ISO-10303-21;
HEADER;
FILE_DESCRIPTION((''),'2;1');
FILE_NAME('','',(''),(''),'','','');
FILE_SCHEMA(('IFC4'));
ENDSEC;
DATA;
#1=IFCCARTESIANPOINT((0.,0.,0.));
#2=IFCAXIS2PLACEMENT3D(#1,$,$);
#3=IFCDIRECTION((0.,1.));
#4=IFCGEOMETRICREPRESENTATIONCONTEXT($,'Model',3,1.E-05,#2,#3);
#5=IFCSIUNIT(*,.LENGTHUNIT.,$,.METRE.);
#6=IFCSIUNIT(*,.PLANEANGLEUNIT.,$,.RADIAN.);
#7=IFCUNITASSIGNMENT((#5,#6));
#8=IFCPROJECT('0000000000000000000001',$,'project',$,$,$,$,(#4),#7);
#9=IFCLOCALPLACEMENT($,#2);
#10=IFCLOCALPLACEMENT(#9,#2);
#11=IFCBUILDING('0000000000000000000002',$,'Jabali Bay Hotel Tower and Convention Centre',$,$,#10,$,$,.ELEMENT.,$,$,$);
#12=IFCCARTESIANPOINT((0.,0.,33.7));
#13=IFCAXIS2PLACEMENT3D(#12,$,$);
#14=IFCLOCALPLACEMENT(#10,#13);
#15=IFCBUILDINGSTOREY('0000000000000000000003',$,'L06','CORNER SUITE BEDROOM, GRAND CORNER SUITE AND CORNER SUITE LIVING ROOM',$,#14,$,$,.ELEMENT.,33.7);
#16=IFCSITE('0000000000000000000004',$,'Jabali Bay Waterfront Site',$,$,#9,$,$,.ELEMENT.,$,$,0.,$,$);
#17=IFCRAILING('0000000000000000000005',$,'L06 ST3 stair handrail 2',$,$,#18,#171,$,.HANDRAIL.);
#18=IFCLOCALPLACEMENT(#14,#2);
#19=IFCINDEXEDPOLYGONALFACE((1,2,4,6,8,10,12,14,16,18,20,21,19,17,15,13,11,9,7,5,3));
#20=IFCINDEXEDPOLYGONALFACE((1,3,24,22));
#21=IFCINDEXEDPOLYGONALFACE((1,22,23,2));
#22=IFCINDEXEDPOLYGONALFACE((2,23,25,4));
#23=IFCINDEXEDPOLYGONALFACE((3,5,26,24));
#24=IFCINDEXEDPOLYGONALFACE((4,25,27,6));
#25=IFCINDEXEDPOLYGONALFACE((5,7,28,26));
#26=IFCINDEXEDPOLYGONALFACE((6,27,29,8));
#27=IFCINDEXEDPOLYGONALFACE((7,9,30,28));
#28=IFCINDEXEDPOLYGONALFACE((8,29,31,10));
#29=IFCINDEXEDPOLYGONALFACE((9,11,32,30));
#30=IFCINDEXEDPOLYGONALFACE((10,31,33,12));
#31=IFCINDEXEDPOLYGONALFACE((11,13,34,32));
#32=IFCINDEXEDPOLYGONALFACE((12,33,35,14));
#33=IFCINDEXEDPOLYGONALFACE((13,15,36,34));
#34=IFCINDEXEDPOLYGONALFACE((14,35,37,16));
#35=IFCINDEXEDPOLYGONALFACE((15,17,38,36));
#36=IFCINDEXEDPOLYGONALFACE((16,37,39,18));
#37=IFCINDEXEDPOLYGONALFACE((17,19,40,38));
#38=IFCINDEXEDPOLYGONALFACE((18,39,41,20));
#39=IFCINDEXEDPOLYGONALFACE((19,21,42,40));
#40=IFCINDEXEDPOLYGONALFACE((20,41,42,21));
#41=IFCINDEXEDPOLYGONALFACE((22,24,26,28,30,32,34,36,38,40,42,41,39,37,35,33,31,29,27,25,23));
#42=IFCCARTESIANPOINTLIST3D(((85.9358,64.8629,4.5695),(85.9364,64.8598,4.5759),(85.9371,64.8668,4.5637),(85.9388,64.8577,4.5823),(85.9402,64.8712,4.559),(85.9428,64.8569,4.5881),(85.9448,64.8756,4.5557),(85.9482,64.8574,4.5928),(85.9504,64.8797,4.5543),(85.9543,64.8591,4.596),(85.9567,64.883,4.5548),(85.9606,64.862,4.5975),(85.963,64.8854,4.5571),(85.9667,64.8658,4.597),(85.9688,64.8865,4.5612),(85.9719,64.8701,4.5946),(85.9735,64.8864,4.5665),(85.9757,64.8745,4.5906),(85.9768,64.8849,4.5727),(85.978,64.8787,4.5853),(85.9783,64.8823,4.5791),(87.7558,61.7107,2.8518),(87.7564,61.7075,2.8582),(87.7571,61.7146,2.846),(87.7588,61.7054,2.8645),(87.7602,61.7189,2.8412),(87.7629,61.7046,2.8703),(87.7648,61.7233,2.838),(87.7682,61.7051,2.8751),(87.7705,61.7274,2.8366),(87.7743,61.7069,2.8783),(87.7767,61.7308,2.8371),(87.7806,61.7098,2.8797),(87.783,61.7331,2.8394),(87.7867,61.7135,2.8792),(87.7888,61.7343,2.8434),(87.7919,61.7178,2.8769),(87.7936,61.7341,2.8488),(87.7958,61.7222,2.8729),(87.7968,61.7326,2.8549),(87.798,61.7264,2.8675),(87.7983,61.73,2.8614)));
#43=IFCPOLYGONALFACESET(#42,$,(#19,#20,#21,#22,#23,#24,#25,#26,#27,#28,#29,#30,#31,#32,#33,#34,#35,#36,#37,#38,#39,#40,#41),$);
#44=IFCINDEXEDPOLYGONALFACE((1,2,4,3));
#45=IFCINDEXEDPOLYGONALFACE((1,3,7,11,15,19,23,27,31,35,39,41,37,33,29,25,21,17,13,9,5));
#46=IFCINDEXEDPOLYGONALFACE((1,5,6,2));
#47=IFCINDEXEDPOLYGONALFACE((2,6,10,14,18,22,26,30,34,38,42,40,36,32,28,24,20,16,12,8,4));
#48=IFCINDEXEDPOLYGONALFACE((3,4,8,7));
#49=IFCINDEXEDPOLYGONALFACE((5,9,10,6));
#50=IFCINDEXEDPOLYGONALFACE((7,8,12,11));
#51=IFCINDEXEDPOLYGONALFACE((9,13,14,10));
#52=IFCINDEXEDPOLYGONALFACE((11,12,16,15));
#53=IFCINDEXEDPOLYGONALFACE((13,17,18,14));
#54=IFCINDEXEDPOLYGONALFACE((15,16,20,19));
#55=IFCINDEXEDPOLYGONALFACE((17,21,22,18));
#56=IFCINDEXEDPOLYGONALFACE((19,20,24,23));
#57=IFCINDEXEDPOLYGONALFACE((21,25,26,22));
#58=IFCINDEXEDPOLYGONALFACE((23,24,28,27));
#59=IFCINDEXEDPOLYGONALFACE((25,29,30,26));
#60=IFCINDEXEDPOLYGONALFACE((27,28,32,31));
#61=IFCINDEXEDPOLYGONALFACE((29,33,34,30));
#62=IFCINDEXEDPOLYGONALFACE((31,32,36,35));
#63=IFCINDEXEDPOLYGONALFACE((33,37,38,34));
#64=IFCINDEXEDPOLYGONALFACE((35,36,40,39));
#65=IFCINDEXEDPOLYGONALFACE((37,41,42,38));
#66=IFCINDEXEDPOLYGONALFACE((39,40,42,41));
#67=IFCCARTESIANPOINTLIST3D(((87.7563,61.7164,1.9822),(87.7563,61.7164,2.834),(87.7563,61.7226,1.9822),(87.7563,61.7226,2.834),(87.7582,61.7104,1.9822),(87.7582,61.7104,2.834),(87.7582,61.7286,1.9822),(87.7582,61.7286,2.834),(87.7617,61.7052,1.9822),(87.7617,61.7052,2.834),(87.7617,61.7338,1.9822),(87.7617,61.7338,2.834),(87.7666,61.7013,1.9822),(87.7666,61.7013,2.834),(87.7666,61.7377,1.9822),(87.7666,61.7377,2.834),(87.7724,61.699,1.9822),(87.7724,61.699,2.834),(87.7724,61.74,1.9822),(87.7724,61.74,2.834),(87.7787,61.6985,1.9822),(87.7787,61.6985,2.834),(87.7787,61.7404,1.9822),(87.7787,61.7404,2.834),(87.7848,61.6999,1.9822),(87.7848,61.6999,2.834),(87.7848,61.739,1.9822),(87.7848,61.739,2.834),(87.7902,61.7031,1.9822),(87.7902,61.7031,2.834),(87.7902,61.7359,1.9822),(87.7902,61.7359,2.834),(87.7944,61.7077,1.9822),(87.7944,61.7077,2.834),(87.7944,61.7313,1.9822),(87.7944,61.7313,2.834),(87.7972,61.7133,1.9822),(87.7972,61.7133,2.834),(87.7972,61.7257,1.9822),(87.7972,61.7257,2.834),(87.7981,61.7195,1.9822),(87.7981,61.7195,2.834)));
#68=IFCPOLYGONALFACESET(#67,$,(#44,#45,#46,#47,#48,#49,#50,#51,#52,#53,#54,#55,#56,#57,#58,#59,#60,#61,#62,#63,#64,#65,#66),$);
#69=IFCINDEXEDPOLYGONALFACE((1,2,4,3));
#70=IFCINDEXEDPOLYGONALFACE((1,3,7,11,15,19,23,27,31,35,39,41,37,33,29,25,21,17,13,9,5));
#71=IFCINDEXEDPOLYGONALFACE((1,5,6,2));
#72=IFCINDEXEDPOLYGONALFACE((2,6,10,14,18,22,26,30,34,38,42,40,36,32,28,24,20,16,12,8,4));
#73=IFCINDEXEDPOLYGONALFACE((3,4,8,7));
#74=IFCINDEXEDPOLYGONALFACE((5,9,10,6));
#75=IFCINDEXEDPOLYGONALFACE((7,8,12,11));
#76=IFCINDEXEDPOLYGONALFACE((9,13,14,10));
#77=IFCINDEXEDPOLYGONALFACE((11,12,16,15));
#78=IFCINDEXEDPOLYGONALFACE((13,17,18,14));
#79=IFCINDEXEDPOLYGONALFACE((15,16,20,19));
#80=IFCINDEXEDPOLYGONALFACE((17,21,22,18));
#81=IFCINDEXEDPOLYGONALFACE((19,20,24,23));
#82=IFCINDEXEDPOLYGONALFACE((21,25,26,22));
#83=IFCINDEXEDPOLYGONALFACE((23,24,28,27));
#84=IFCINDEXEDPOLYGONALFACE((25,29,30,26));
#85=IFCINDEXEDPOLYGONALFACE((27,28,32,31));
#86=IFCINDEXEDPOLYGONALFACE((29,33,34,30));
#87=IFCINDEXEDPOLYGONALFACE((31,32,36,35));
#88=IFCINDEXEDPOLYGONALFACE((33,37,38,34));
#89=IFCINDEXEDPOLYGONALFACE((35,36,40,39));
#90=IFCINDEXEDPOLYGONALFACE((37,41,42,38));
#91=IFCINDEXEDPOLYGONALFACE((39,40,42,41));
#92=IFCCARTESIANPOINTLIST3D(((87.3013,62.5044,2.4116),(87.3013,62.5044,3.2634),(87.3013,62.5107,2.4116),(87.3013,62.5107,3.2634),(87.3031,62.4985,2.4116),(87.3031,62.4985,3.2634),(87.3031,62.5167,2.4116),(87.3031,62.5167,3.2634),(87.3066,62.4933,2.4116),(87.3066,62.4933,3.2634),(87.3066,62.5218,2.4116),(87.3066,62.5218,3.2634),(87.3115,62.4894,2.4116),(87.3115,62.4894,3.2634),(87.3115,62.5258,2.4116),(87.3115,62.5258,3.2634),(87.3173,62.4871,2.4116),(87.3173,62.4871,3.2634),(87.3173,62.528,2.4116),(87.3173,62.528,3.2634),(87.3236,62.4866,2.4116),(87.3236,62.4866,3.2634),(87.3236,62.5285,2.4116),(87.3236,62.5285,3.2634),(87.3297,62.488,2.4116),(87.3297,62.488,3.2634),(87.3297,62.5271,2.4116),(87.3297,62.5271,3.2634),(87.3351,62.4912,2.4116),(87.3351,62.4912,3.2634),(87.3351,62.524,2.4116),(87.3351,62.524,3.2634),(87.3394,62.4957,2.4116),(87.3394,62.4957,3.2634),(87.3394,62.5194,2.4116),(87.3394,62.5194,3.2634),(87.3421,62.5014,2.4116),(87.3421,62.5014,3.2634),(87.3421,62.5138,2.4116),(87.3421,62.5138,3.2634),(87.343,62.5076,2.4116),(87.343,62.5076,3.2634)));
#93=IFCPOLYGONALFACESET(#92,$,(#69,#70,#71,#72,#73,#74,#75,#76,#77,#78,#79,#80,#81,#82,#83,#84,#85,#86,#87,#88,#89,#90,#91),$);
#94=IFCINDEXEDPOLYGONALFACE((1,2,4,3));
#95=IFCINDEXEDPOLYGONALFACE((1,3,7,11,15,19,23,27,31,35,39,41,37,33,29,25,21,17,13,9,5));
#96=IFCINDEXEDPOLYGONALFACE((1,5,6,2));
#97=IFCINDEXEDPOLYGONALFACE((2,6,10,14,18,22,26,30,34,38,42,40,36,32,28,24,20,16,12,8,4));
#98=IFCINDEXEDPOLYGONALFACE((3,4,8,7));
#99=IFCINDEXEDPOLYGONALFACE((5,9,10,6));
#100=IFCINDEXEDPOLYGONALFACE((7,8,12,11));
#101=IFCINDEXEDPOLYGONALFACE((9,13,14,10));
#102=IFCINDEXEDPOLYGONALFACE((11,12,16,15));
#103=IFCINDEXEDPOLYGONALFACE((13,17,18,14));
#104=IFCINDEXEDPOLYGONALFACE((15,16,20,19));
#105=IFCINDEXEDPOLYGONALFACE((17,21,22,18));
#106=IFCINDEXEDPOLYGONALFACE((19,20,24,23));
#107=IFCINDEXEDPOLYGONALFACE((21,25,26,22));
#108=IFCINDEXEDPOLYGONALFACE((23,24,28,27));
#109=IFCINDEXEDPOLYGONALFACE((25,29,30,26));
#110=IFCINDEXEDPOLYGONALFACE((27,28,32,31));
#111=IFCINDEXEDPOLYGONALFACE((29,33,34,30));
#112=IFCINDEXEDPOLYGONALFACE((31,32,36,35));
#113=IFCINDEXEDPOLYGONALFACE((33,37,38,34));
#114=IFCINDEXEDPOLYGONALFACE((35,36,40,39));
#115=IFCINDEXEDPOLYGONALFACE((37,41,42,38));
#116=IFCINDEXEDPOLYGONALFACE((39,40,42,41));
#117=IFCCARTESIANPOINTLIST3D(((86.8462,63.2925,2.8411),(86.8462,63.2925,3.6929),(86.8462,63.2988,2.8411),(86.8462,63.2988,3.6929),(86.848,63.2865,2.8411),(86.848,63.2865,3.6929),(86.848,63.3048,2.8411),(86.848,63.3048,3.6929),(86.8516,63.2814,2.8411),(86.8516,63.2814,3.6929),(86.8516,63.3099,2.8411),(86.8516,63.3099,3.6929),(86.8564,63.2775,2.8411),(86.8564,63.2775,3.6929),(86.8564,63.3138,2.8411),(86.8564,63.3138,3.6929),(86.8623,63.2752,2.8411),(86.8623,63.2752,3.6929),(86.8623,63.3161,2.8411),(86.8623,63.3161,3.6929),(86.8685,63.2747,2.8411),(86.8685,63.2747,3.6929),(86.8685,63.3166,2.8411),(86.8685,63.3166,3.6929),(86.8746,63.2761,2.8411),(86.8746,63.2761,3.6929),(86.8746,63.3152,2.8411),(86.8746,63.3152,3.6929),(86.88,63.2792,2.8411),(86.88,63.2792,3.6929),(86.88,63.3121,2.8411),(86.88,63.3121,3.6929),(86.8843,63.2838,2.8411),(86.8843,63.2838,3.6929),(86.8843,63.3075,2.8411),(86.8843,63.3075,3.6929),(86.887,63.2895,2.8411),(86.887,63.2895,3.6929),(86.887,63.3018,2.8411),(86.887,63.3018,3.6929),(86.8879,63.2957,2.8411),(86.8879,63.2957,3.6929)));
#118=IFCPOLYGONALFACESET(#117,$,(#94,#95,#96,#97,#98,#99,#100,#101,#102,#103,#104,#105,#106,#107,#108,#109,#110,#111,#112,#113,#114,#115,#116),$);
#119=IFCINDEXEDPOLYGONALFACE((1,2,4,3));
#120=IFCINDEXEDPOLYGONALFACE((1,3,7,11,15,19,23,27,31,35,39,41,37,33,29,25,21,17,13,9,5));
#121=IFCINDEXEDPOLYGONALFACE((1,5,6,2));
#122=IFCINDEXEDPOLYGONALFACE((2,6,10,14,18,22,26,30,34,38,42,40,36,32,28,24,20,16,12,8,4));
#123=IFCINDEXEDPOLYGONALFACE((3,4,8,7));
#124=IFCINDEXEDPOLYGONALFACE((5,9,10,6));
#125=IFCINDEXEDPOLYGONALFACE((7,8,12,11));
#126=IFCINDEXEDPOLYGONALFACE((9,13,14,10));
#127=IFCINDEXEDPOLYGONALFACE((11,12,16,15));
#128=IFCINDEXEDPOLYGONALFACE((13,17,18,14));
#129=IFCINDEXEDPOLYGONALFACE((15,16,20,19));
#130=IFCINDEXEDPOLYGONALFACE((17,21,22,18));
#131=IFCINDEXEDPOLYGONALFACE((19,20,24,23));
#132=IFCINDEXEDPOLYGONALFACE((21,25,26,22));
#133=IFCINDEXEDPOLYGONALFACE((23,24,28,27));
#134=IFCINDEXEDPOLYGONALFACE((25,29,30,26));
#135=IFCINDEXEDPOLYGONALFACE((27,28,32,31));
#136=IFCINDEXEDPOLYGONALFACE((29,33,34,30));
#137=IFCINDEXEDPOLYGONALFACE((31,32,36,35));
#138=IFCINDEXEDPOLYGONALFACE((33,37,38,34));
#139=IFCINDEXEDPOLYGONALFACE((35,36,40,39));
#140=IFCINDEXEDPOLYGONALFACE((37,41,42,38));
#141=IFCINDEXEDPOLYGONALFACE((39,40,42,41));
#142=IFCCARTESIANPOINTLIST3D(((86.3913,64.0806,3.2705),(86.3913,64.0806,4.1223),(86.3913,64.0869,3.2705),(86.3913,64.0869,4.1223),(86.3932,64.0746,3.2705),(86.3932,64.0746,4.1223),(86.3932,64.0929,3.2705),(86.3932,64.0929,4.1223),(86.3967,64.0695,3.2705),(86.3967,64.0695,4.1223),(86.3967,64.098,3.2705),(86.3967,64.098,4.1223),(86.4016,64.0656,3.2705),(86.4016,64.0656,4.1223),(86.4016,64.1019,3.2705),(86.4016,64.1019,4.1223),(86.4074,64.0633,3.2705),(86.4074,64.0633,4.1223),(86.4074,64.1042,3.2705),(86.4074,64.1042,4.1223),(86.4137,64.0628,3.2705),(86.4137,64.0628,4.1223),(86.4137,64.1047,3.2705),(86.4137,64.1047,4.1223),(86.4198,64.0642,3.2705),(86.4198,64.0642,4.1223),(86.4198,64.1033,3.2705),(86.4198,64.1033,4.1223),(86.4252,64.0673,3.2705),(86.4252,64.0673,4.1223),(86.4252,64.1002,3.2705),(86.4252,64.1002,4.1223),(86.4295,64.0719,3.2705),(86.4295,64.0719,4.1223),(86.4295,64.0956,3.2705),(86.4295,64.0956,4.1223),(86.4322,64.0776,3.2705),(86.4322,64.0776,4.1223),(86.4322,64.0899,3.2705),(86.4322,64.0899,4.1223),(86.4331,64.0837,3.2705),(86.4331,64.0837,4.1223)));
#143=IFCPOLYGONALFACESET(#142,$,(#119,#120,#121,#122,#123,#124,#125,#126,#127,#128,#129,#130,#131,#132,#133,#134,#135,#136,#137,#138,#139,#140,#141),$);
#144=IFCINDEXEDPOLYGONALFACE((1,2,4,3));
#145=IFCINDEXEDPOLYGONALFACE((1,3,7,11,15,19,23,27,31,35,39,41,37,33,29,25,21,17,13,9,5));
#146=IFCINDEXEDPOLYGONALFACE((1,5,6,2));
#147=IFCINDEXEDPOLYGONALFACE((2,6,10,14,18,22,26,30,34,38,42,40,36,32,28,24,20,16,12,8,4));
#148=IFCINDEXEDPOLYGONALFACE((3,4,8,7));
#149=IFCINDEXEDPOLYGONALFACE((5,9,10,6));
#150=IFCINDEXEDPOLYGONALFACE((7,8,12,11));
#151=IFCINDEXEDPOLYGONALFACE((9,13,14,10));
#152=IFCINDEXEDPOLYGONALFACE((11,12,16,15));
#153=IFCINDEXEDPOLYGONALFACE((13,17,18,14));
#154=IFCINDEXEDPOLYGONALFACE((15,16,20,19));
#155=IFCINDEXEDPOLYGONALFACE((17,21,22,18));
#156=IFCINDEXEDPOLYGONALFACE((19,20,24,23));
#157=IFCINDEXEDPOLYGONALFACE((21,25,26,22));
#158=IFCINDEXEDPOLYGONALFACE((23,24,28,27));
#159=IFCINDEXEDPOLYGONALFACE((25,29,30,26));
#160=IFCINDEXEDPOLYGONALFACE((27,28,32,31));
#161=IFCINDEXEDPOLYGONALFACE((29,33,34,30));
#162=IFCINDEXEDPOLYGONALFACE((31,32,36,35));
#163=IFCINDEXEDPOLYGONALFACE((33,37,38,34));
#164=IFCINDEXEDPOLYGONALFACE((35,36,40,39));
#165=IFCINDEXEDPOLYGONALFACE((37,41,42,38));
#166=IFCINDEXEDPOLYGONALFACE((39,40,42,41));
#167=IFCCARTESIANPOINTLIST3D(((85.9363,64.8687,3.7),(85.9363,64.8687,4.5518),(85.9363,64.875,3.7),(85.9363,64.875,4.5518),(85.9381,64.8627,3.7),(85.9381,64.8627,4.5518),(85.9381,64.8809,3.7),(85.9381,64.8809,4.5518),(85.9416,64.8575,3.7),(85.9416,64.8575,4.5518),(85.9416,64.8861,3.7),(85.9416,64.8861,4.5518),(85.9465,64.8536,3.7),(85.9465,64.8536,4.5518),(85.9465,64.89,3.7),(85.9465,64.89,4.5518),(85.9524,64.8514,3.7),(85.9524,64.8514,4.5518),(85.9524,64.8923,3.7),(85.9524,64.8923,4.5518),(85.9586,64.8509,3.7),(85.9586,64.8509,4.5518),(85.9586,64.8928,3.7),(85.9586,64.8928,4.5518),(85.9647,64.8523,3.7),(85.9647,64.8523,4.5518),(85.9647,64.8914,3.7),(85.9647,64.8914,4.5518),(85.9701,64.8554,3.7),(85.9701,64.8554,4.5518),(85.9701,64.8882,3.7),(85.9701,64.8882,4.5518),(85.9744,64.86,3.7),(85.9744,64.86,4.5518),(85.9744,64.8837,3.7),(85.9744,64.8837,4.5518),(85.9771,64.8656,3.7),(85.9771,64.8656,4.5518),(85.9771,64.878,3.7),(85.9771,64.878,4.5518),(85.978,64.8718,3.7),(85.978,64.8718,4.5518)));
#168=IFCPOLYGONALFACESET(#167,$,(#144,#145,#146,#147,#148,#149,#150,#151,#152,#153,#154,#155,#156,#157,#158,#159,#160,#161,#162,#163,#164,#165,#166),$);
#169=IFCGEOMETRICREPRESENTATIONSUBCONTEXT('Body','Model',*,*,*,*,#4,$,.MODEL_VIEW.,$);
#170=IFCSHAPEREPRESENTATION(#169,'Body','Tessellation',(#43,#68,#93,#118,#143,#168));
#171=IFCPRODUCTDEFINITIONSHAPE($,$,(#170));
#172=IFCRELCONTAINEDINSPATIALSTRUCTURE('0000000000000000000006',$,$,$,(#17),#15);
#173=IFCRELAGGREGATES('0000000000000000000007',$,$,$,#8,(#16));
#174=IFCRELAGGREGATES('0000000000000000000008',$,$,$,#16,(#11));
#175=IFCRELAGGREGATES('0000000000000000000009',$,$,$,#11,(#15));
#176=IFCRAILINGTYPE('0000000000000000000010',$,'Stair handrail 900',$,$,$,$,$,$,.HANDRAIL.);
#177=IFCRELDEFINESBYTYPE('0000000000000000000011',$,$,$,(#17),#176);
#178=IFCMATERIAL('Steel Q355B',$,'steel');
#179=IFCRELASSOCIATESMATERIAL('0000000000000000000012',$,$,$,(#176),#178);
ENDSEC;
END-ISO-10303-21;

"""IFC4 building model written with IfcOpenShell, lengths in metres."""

from ifc_helpers import new_model, si_unit, direction, frame, origin, origin_2d, place, context, subcontext, project, spatial, circle, extrude, material, type_object, element, save


model = new_model("IFC4")

# Units and contexts
model_context = context("Model", 3, precision=1e-05, world=origin(), true_north=direction((0.0, 1.0)))
body_context = subcontext(model_context, "Body", "Model", "MODEL_VIEW")
ifc_project = project(units=[si_unit("LENGTHUNIT", "METRE"), si_unit("PLANEANGLEUNIT", "RADIAN")], contexts=[model_context])

# Site, building, storey
site_placement = place(None, origin())
site = spatial("IfcSite", under=ifc_project, at=site_placement, Name="Jabali Bay Waterfront Site", CompositionType="ELEMENT", RefElevation=0.0)
building_placement = place(site_placement, origin())
building = spatial("IfcBuilding", under=site, at=building_placement, Name="Jabali Bay Hotel Tower and Convention Centre", CompositionType="ELEMENT")
storey_placement = place(building_placement, frame((0.0, 0.0, 33.7)))
storey = spatial("IfcBuildingStorey", under=building, at=storey_placement, Name="L06", Description="CORNER SUITE BEDROOM, GRAND CORNER SUITE AND CORNER SUITE LIVING ROOM", CompositionType="ELEMENT", Elevation=33.7)

# Railing
ifc_material_1 = material(Name="Steel Q355B", Category="steel")
railing_type_1 = type_object("IfcRailingType", Name="Stair handrail 900", PredefinedType="HANDRAIL", material=ifc_material_1)
railing_1_placement = place(storey_placement, frame((87.7771, 61.7195, 1.9822)))
element("IfcRailing", 1, at=railing_1_placement, inside=storey, type_object=railing_type_1, Name="L06 ST3 stair handrail 2", PredefinedType="HANDRAIL", context=body_context, shape_type="SweptSolid", body=[
    extrude(circle(Radius=0.0239, at=origin_2d()), frame((0.0, 0.0, 0.876), z_axis=(-0.45219, 0.78319, 0.426775), x_axis=(-0.866018, -0.500013, 0.0)), (0.0, 0.0, 1.0), 4.0249),
    extrude(circle(Radius=0.021, at=origin_2d()), origin(), (0.0, 0.0, 1.0), 0.8518),
    extrude(circle(Radius=0.021, at=origin_2d()), frame((-0.4551, 0.7881, 0.4294)), (0.0, 0.0, 1.0), 0.8518),
    extrude(circle(Radius=0.021, at=origin_2d()), frame((-0.9102, 1.5762, 0.8589)), (0.0, 0.0, 1.0), 0.8518),
    extrude(circle(Radius=0.021, at=origin_2d()), frame((-1.365, 2.3643, 1.2883)), (0.0, 0.0, 1.0), 0.8518),
    extrude(circle(Radius=0.021, at=origin_2d()), frame((-1.8201, 3.1523, 1.7178)), (0.0, 0.0, 1.0), 0.8518),
])

save(model, "model.ifc")
